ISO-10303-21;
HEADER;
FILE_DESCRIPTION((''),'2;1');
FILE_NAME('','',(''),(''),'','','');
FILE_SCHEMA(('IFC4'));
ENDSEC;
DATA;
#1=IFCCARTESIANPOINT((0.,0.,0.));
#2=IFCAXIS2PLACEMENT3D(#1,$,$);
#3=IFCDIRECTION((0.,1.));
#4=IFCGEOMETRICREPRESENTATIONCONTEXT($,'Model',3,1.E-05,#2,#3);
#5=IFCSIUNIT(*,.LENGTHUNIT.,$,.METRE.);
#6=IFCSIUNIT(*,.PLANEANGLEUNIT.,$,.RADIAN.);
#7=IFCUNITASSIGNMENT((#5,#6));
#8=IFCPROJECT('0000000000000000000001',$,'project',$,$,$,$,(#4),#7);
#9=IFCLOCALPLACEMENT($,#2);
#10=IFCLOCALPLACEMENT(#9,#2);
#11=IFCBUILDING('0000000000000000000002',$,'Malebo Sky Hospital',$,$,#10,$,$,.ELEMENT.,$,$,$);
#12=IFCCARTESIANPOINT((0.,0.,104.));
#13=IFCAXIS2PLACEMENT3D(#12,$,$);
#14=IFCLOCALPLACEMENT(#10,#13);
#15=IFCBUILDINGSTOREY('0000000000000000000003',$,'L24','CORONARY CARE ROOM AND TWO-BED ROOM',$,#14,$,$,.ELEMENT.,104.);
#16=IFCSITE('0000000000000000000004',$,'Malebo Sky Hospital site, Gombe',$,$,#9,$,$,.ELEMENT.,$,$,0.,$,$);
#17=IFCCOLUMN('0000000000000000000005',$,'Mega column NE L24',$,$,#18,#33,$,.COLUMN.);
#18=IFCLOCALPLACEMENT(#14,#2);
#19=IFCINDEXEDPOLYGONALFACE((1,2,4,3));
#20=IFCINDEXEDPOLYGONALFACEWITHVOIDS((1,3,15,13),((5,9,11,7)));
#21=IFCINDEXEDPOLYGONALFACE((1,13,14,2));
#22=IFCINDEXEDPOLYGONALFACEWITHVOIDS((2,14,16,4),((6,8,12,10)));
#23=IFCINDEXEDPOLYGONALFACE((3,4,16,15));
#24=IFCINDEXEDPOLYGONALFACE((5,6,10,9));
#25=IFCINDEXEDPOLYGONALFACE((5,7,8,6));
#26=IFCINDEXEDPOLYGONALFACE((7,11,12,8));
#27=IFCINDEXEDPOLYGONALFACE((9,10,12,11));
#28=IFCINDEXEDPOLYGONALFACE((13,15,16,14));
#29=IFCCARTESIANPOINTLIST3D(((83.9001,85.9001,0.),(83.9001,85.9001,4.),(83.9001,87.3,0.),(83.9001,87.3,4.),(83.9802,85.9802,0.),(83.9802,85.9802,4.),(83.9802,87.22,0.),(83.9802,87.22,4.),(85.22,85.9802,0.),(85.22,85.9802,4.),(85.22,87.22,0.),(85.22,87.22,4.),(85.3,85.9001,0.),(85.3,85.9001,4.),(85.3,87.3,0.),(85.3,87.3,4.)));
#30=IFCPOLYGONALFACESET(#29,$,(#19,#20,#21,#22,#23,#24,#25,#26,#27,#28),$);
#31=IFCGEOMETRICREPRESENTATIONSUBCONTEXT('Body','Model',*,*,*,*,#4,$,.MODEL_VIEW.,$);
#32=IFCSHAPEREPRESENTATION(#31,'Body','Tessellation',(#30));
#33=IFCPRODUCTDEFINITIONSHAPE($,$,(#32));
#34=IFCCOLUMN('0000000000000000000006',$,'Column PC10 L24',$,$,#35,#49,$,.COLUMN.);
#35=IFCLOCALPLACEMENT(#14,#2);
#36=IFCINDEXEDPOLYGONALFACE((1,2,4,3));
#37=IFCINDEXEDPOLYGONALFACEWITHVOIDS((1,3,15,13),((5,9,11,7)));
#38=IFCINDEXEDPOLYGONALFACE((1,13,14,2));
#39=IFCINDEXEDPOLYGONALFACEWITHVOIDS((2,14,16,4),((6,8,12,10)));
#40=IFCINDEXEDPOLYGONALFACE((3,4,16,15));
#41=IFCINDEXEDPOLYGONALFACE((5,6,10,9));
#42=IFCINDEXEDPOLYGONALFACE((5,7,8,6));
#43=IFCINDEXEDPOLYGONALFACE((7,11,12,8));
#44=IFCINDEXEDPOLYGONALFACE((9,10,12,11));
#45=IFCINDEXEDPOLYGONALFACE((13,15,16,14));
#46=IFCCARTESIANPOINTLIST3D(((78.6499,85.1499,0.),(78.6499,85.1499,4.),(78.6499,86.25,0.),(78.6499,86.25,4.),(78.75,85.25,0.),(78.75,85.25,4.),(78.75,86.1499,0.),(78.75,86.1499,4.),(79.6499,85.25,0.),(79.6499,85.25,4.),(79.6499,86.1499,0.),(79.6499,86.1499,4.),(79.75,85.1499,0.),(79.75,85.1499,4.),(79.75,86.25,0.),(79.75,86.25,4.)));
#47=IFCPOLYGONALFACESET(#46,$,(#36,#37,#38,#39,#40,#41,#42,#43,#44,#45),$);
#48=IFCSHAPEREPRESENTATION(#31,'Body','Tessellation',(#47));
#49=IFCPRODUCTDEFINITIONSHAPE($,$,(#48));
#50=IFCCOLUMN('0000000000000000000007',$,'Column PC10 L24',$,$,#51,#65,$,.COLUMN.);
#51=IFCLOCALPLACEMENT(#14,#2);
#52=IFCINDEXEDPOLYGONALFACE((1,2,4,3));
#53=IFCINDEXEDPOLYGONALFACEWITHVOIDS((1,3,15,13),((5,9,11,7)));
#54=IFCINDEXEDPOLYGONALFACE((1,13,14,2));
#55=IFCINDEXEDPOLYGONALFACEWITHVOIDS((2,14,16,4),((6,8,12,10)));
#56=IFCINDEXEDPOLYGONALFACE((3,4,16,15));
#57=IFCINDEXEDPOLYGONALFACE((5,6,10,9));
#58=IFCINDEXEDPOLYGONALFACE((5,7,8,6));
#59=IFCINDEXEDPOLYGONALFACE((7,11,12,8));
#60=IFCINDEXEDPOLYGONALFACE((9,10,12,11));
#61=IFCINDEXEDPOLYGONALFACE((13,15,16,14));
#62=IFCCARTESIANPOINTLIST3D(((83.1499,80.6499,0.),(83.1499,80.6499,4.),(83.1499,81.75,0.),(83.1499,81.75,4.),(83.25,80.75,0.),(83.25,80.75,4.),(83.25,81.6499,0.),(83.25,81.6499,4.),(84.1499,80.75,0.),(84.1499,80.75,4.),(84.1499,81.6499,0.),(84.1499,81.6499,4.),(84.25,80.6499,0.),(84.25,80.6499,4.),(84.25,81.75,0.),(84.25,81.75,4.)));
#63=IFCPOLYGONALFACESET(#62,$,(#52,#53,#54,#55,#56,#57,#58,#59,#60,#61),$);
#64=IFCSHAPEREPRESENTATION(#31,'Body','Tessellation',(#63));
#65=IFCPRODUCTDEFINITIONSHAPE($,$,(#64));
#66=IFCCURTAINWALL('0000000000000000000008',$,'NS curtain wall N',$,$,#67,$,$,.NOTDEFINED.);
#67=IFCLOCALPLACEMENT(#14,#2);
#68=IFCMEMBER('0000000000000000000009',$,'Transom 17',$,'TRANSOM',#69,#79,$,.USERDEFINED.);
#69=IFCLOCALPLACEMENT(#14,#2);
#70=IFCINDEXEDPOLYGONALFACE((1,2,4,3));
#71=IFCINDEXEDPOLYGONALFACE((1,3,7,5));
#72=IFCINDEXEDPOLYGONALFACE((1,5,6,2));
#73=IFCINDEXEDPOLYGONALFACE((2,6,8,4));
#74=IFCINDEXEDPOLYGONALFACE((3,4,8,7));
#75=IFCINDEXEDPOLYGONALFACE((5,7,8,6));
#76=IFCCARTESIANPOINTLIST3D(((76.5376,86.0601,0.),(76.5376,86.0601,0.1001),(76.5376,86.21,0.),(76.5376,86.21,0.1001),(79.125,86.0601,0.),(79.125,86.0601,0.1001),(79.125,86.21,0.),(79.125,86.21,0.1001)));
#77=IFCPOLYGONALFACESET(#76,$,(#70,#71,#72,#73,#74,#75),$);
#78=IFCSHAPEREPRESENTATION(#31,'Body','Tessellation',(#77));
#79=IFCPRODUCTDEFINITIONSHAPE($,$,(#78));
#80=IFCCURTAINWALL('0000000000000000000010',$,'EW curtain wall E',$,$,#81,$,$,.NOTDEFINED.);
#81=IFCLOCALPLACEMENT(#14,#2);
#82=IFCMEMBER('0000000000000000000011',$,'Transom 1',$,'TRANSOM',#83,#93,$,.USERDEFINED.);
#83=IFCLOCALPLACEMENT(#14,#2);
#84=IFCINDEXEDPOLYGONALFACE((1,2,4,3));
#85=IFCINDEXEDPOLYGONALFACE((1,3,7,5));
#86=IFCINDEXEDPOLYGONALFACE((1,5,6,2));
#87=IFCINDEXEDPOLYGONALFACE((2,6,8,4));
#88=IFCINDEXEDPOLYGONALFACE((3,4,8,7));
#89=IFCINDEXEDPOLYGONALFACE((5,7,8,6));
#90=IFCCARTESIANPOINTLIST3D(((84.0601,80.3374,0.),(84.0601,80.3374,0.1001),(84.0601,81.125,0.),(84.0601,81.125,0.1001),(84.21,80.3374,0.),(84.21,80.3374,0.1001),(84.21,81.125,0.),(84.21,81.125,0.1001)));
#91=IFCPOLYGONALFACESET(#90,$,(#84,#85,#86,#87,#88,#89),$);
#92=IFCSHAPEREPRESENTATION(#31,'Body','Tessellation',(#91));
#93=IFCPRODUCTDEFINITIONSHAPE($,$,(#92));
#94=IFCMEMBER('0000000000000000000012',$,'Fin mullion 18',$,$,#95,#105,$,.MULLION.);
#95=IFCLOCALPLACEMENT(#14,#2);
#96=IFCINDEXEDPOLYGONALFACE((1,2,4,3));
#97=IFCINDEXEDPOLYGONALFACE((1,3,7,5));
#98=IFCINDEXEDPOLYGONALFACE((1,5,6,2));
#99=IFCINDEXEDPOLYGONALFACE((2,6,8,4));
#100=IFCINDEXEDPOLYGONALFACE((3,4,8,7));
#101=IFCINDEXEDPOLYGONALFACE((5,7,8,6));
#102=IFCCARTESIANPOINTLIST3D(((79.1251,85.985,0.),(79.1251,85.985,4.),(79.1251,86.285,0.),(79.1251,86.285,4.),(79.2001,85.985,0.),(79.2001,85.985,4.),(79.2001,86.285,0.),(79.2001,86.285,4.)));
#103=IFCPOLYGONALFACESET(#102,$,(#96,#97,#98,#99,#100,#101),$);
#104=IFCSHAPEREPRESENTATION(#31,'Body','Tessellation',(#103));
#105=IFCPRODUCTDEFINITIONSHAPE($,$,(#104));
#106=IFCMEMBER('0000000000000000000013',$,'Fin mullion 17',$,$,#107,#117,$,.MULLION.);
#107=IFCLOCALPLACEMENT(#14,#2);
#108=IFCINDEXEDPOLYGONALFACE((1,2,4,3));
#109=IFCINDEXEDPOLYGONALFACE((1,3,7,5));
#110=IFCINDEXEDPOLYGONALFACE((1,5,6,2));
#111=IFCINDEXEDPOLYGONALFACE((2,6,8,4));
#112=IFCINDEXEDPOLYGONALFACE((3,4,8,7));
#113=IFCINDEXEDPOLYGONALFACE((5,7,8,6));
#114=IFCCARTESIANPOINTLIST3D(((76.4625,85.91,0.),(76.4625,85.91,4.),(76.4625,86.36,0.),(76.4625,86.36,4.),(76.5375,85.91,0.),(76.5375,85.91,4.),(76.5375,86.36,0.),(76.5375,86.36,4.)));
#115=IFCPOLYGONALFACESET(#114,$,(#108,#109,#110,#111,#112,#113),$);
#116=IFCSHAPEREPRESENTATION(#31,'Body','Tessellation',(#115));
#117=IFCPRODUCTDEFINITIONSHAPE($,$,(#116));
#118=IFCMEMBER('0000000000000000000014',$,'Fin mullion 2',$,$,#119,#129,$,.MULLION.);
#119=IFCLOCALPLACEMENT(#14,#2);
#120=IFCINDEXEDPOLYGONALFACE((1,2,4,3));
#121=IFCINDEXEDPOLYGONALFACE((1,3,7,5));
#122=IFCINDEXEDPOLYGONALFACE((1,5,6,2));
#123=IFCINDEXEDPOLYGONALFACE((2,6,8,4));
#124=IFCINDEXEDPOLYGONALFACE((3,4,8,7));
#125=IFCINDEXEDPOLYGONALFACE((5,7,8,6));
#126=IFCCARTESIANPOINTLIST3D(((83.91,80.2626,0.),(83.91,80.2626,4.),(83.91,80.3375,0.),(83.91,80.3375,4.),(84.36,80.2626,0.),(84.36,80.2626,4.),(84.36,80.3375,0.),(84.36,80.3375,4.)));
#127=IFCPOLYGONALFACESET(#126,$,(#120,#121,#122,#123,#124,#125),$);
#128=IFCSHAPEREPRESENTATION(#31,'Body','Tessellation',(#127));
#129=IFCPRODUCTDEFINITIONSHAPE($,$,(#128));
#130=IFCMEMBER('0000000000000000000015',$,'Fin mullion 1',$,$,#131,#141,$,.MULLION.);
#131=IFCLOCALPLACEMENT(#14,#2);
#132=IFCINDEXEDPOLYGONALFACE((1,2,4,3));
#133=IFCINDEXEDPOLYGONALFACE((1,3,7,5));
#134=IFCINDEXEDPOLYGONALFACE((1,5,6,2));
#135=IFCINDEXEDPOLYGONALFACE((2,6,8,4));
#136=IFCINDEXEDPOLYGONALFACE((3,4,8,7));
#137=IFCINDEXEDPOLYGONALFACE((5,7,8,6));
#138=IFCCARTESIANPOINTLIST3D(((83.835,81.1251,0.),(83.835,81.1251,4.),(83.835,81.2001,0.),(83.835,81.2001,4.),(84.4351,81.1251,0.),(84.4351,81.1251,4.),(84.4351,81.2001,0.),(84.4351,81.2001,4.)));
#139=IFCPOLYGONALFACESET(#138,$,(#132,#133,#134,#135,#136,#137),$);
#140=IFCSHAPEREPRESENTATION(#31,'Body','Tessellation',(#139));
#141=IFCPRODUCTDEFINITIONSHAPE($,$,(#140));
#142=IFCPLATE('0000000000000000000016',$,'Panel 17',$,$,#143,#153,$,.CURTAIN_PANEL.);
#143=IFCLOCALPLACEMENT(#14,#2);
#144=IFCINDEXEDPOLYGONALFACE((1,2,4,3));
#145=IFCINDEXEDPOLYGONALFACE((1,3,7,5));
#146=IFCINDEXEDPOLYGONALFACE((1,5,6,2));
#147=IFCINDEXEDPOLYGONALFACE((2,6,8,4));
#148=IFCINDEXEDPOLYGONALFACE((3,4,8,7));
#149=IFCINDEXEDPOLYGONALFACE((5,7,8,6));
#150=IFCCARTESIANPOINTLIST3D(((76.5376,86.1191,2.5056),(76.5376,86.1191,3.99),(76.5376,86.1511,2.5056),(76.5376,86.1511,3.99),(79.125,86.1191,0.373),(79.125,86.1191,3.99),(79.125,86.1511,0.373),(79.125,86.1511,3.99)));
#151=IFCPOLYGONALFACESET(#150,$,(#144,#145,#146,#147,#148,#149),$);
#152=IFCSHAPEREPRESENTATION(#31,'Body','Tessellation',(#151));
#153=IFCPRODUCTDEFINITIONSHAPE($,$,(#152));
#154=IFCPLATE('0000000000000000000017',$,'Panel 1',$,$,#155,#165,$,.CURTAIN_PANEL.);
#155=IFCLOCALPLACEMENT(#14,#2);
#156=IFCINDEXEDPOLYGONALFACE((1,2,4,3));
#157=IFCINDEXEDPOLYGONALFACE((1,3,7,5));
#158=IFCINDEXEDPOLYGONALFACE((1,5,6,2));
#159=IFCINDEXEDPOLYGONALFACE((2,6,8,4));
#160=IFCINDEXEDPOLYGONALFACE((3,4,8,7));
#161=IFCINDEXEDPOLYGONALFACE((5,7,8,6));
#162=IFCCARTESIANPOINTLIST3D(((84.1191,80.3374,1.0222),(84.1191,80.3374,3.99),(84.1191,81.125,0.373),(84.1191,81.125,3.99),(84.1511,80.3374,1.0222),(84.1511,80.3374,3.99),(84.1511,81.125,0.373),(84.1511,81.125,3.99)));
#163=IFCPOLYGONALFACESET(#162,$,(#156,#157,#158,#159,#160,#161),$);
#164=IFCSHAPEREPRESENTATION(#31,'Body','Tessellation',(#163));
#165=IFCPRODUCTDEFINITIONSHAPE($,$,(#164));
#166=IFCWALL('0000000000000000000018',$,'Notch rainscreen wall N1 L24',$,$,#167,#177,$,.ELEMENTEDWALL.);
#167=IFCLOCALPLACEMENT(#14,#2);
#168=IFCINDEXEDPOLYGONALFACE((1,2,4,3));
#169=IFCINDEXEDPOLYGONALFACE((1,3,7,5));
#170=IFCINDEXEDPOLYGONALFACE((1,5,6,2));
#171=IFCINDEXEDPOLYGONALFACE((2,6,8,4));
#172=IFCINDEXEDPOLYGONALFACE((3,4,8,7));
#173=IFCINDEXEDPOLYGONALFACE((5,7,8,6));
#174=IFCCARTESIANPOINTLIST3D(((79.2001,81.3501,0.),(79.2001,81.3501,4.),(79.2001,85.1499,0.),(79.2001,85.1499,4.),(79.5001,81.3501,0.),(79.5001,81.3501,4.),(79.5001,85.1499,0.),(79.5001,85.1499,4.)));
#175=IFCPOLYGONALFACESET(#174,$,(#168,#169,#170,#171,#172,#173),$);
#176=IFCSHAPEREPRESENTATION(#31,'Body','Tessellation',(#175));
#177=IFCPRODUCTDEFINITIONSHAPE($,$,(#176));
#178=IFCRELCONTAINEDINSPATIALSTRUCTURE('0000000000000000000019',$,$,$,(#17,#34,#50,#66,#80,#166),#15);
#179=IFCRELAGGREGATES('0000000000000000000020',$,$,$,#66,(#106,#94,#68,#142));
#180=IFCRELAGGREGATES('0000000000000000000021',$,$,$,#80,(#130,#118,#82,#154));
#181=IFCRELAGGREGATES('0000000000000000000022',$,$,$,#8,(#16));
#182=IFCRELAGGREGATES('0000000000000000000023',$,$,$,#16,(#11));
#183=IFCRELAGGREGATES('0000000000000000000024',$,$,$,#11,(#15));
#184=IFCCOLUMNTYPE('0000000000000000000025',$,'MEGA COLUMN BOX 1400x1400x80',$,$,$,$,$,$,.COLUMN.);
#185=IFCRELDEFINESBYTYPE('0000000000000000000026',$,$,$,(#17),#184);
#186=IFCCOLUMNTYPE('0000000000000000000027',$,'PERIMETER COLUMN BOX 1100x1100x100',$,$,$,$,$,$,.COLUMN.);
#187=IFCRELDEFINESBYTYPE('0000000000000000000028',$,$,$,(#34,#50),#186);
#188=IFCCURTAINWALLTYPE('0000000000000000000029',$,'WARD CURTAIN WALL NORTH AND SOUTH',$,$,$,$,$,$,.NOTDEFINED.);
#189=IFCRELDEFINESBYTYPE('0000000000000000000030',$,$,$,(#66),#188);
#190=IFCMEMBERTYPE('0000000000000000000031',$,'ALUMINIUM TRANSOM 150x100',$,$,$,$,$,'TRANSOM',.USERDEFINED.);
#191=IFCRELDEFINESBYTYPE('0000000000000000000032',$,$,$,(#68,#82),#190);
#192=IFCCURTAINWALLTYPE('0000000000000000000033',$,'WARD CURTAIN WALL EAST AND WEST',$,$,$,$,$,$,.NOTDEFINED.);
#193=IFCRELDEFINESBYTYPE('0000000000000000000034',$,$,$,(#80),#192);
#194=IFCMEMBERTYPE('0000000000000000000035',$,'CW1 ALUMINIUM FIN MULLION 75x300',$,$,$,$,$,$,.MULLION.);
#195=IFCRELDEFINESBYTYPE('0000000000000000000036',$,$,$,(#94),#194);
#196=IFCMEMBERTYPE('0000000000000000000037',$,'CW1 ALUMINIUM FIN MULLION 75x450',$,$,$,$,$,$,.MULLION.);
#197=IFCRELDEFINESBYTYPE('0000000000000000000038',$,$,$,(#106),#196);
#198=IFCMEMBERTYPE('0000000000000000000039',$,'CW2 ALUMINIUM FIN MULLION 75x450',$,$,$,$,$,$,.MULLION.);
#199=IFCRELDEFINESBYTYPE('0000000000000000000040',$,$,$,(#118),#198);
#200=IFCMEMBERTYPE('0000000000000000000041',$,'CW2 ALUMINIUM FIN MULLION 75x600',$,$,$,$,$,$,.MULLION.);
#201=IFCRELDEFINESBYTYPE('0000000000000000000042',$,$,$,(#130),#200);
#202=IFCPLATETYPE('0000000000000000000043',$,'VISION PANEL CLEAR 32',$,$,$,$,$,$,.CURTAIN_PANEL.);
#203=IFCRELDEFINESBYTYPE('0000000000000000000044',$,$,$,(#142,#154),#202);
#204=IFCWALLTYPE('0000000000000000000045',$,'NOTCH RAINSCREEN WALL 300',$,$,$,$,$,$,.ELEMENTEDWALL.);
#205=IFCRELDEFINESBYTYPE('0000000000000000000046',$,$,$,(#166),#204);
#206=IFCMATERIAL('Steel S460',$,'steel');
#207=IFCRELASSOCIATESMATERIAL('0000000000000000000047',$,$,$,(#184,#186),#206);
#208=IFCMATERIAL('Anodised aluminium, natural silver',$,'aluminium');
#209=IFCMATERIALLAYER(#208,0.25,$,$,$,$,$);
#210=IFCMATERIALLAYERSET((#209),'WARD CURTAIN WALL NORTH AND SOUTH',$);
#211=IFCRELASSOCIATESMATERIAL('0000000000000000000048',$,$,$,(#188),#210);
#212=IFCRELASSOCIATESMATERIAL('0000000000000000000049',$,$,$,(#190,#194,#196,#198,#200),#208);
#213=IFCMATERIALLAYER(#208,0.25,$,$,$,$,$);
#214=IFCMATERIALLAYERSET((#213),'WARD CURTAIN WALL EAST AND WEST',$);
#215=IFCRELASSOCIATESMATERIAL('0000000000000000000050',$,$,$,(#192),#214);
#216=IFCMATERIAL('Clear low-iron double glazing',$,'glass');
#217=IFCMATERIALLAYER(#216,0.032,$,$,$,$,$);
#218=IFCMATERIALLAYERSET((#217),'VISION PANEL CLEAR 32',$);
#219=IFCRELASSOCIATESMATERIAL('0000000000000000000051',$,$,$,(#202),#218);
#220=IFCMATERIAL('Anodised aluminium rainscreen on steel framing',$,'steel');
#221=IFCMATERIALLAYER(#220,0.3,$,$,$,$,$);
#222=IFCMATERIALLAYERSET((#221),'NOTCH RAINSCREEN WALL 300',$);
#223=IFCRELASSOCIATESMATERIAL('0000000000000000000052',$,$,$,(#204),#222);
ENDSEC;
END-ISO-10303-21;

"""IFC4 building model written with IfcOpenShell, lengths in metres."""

from ifc_helpers import new_model, si_unit, direction, frame, frame_2d, origin, origin_2d, place, context, subcontext, project, spatial, polyline, rectangle, hollow_rectangle, outline, extrude, material, layer, layer_set, material_profile, profile_set, type_object, element, aggregate, save


model = new_model("IFC4")

# Units and contexts
model_context = context("Model", 3, precision=1e-05, world=origin(), true_north=direction((0.0, 1.0)))
body_context = subcontext(model_context, "Body", "Model", "MODEL_VIEW")
ifc_project = project(units=[si_unit("LENGTHUNIT", "METRE"), si_unit("PLANEANGLEUNIT", "RADIAN")], contexts=[model_context])

# Site, building, storey
site_placement = place(None, origin())
site = spatial("IfcSite", under=ifc_project, at=site_placement, Name="Malebo Sky Hospital site, Gombe", CompositionType="ELEMENT", RefElevation=0.0)
building_placement = place(site_placement, origin())
building = spatial("IfcBuilding", under=site, at=building_placement, Name="Malebo Sky Hospital", CompositionType="ELEMENT")
storey_placement = place(building_placement, frame((0.0, 0.0, 104.0)))
storey = spatial("IfcBuildingStorey", under=building, at=storey_placement, Name="L24", Description="CORONARY CARE ROOM AND TWO-BED ROOM", CompositionType="ELEMENT", Elevation=104.0)

# Columns
ifc_material_1 = material(Name="Steel S460", Category="steel")
ifc_material_profile_1 = material_profile(ifc_material_1, hollow_rectangle(XDim=1.3999, YDim=1.3999, WallThickness=0.0801, at=origin_2d()), Name="BOX 1400x1400x80")
ifc_profile_set_1 = profile_set([ifc_material_profile_1], Name="Steel S460")
column_type_1 = type_object("IfcColumnType", Name="MEGA COLUMN BOX 1400x1400x80", PredefinedType="COLUMN", material=ifc_profile_set_1)
column_placement = place(storey_placement, frame((84.6001, 86.6001, 0.0), z_axis=(0.0, 0.0, 1.0), x_axis=(1.0, 0.0, 0.0)))
element("IfcColumn", 1, at=column_placement, inside=storey, type_object=column_type_1, Name="Mega column NE L24", PredefinedType="COLUMN", context=body_context, shape_type="SweptSolid", body=[
    extrude(hollow_rectangle(XDim=1.3999, YDim=1.3999, WallThickness=0.0801, at=origin_2d()), origin(), (0.0, 0.0, 1.0), 4.0),
])
ifc_material_profile_2 = material_profile(ifc_material_1, hollow_rectangle(XDim=1.1001, YDim=1.1001, WallThickness=0.1001, at=origin_2d()), Name="BOX 1100x1100x100")
ifc_profile_set_2 = profile_set([ifc_material_profile_2], Name="Steel S460")
column_type_2 = type_object("IfcColumnType", Name="PERIMETER COLUMN BOX 1100x1100x100", PredefinedType="COLUMN", material=ifc_profile_set_2)
for number, where, z_axis, x_axis, name in (
    (2, (79.2, 85.7, 0.0), (0.0, 0.0, 1.0), (1.0, 0.0, 0.0), "Column PC10 L24"),
    (3, (83.7, 81.2, 0.0), (0.0, 0.0, 1.0), (1.0, 0.0, 0.0), "Column PC10 L24"),
):
    element("IfcColumn", number, at=place(storey_placement, frame(where, z_axis=z_axis, x_axis=x_axis)), inside=storey, type_object=column_type_2, Name=name, PredefinedType="COLUMN", context=body_context, shape_type="SweptSolid", body=[
        extrude(hollow_rectangle(XDim=1.1001, YDim=1.1001, WallThickness=0.1001, at=origin_2d()), origin(), (0.0, 0.0, 1.0), 4.0),
    ])

# Curtain walls, members
ifc_material_2 = material(Name="Anodised aluminium, natural silver", Category="aluminium")
ifc_layer_1 = layer(ifc_material_2, 0.25)
ifc_layer_set_1 = layer_set([ifc_layer_1], Name="WARD CURTAIN WALL NORTH AND SOUTH")
curtain_wall_type_1 = type_object("IfcCurtainWallType", Name="WARD CURTAIN WALL NORTH AND SOUTH", PredefinedType="NOTDEFINED", material=ifc_layer_set_1)
curtain_wall_1_placement = place(storey_placement, origin())
curtain_wall_1 = element("IfcCurtainWall", 4, at=curtain_wall_1_placement, inside=storey, type_object=curtain_wall_type_1, Name="NS curtain wall N", PredefinedType="NOTDEFINED")
ifc_material_profile_3 = material_profile(ifc_material_2, rectangle(XDim=0.1499, YDim=0.1001, at=origin_2d()), Name="ALUMINIUM TRANSOM 150x100")
ifc_profile_set_3 = profile_set([ifc_material_profile_3], Name="Anodised aluminium, natural silver")
member_type_1 = type_object("IfcMemberType", Name="ALUMINIUM TRANSOM 150x100", ElementType="TRANSOM", PredefinedType="USERDEFINED", material=ifc_profile_set_3)
member_1_placement = place(storey_placement, frame((76.5376, 86.135, 0.05), z_axis=(1.0, 0.0, 0.0), x_axis=(0.0, 1.0, 0.0)))
member_1 = element("IfcMember", 5, at=member_1_placement, type_object=member_type_1, Name="Transom 17", ObjectType="TRANSOM", PredefinedType="USERDEFINED", context=body_context, shape_type="SweptSolid", body=[
    extrude(rectangle(XDim=0.1499, YDim=0.1001, at=origin_2d()), origin(), (0.0, 0.0, 1.0), 2.5874),
])
ifc_layer_2 = layer(ifc_material_2, 0.25)
ifc_layer_set_2 = layer_set([ifc_layer_2], Name="WARD CURTAIN WALL EAST AND WEST")
curtain_wall_type_2 = type_object("IfcCurtainWallType", Name="WARD CURTAIN WALL EAST AND WEST", PredefinedType="NOTDEFINED", material=ifc_layer_set_2)
curtain_wall_2_placement = place(storey_placement, origin())
curtain_wall_2 = element("IfcCurtainWall", 6, at=curtain_wall_2_placement, inside=storey, type_object=curtain_wall_type_2, Name="EW curtain wall E", PredefinedType="NOTDEFINED")
member_2_placement = place(storey_placement, frame((84.135, 81.125, 0.05), z_axis=(0.0, -1.0, 0.0), x_axis=(1.0, 0.0, 0.0)))
member_2 = element("IfcMember", 7, at=member_2_placement, type_object=member_type_1, Name="Transom 1", ObjectType="TRANSOM", PredefinedType="USERDEFINED", context=body_context, shape_type="SweptSolid", body=[
    extrude(rectangle(XDim=0.1499, YDim=0.1001, at=origin_2d()), origin(), (0.0, 0.0, 1.0), 0.7876),
])

# Members
ifc_material_profile_4 = material_profile(ifc_material_2, rectangle(XDim=0.075, YDim=0.3, at=origin_2d()), Name="CW1 ALUMINIUM FIN MULLION 75x300")
ifc_profile_set_4 = profile_set([ifc_material_profile_4], Name="Anodised aluminium, natural silver")
member_type_2 = type_object("IfcMemberType", Name="CW1 ALUMINIUM FIN MULLION 75x300", PredefinedType="MULLION", material=ifc_profile_set_4)
member_3_placement = place(storey_placement, frame((79.1626, 86.135, 0.0), z_axis=(0.0, 0.0, 1.0), x_axis=(1.0, 0.0, 0.0)))
member_3 = element("IfcMember", 8, at=member_3_placement, type_object=member_type_2, Name="Fin mullion 18", PredefinedType="MULLION", context=body_context, shape_type="SweptSolid", body=[
    extrude(rectangle(XDim=0.075, YDim=0.3, at=origin_2d()), origin(), (0.0, 0.0, 1.0), 4.0),
])
ifc_material_profile_5 = material_profile(ifc_material_2, rectangle(XDim=0.075, YDim=0.45, at=origin_2d()), Name="CW1 ALUMINIUM FIN MULLION 75x450")
ifc_profile_set_5 = profile_set([ifc_material_profile_5], Name="Anodised aluminium, natural silver")
member_type_3 = type_object("IfcMemberType", Name="CW1 ALUMINIUM FIN MULLION 75x450", PredefinedType="MULLION", material=ifc_profile_set_5)
member_4_placement = place(storey_placement, frame((76.5, 86.135, 0.0), z_axis=(0.0, 0.0, 1.0), x_axis=(1.0, 0.0, 0.0)))
member_4 = element("IfcMember", 9, at=member_4_placement, type_object=member_type_3, Name="Fin mullion 17", PredefinedType="MULLION", context=body_context, shape_type="SweptSolid", body=[
    extrude(rectangle(XDim=0.075, YDim=0.45, at=origin_2d()), origin(), (0.0, 0.0, 1.0), 4.0),
])
ifc_material_profile_6 = material_profile(ifc_material_2, rectangle(XDim=0.075, YDim=0.45, at=origin_2d()), Name="CW2 ALUMINIUM FIN MULLION 75x450")
ifc_profile_set_6 = profile_set([ifc_material_profile_6], Name="Anodised aluminium, natural silver")
member_type_4 = type_object("IfcMemberType", Name="CW2 ALUMINIUM FIN MULLION 75x450", PredefinedType="MULLION", material=ifc_profile_set_6)
member_5_placement = place(storey_placement, frame((84.135, 80.3, 0.0), z_axis=(0.0, 0.0, 1.0), x_axis=(0.0, -1.0, 0.0)))
member_5 = element("IfcMember", 10, at=member_5_placement, type_object=member_type_4, Name="Fin mullion 2", PredefinedType="MULLION", context=body_context, shape_type="SweptSolid", body=[
    extrude(rectangle(XDim=0.075, YDim=0.45, at=origin_2d()), origin(), (0.0, 0.0, 1.0), 4.0),
])
ifc_material_profile_7 = material_profile(ifc_material_2, rectangle(XDim=0.075, YDim=0.6001, at=origin_2d()), Name="CW2 ALUMINIUM FIN MULLION 75x600")
ifc_profile_set_7 = profile_set([ifc_material_profile_7], Name="Anodised aluminium, natural silver")
member_type_5 = type_object("IfcMemberType", Name="CW2 ALUMINIUM FIN MULLION 75x600", PredefinedType="MULLION", material=ifc_profile_set_7)
member_6_placement = place(storey_placement, frame((84.135, 81.1626, 0.0), z_axis=(0.0, 0.0, 1.0), x_axis=(0.0, -1.0, 0.0)))
member_6 = element("IfcMember", 11, at=member_6_placement, type_object=member_type_5, Name="Fin mullion 1", PredefinedType="MULLION", context=body_context, shape_type="SweptSolid", body=[
    extrude(rectangle(XDim=0.075, YDim=0.6001, at=origin_2d()), origin(), (0.0, 0.0, 1.0), 4.0),
])

# Plates
ifc_material_3 = material(Name="Clear low-iron double glazing", Category="glass")
ifc_layer_3 = layer(ifc_material_3, 0.032)
ifc_layer_set_3 = layer_set([ifc_layer_3], Name="VISION PANEL CLEAR 32")
plate_type = type_object("IfcPlateType", Name="VISION PANEL CLEAR 32", PredefinedType="CURTAIN_PANEL", material=ifc_layer_set_3)
plate_1_placement = place(storey_placement, frame((77.8313, 86.135, 0.373), z_axis=(0.0, 0.0, 1.0), x_axis=(1.0, 0.0, 0.0)))
plate_1 = element("IfcPlate", 12, at=plate_1_placement, type_object=plate_type, Name="Panel 17", PredefinedType="CURTAIN_PANEL", context=body_context, shape_type="SweptSolid", body=[
    extrude(outline(polyline([(1.2937, 0.0), (1.2937, 3.6169), (-1.2937, 3.6169), (-1.2937, 2.1326), (1.2937, 0.0)])), frame((0.0, 0.0161, 0.0), z_axis=(0.0, -1.0, 0.0), x_axis=(1.0, 0.0, 0.0)), (0.0, 0.0, 1.0), 0.032),
])
aggregate(curtain_wall_1, [member_4, member_3, member_1, plate_1])
plate_2_placement = place(storey_placement, frame((84.135, 80.7312, 0.373), z_axis=(0.0, 0.0, 1.0), x_axis=(0.0, -1.0, 0.0)))
plate_2 = element("IfcPlate", 13, at=plate_2_placement, type_object=plate_type, Name="Panel 1", PredefinedType="CURTAIN_PANEL", context=body_context, shape_type="SweptSolid", body=[
    extrude(outline(polyline([(-0.3938, 0.0), (0.3938, 0.6492), (0.3938, 3.6169), (-0.3938, 3.6169), (-0.3938, 0.0)])), frame((0.0, 0.0161, 0.0), z_axis=(0.0, -1.0, 0.0), x_axis=(1.0, 0.0, 0.0)), (0.0, 0.0, 1.0), 0.032),
])
aggregate(curtain_wall_2, [member_6, member_5, member_2, plate_2])

# Wall
ifc_material_4 = material(Name="Anodised aluminium rainscreen on steel framing", Category="steel")
ifc_layer_4 = layer(ifc_material_4, 0.3)
ifc_layer_set_4 = layer_set([ifc_layer_4], Name="NOTCH RAINSCREEN WALL 300")
wall_type_1 = type_object("IfcWallType", Name="NOTCH RAINSCREEN WALL 300", PredefinedType="ELEMENTEDWALL", material=ifc_layer_set_4)
for number, where, z_axis, x_axis, name in (
    (14, (79.3501, 85.1499, 0.0), (0.0, 0.0, 1.0), (0.0, -1.0, 0.0), "Notch rainscreen wall N1 L24"),
):
    element("IfcWall", number, at=place(storey_placement, frame(where, z_axis=z_axis, x_axis=x_axis)), inside=storey, type_object=wall_type_1, Name=name, PredefinedType="ELEMENTEDWALL", context=body_context, shape_type="SweptSolid", body=[
        extrude(rectangle(XDim=3.7998, YDim=0.3, at=frame_2d((1.8999, 0.0))), origin(), (0.0, 0.0, 1.0), 4.0),
    ])

save(model, "model.ifc")
